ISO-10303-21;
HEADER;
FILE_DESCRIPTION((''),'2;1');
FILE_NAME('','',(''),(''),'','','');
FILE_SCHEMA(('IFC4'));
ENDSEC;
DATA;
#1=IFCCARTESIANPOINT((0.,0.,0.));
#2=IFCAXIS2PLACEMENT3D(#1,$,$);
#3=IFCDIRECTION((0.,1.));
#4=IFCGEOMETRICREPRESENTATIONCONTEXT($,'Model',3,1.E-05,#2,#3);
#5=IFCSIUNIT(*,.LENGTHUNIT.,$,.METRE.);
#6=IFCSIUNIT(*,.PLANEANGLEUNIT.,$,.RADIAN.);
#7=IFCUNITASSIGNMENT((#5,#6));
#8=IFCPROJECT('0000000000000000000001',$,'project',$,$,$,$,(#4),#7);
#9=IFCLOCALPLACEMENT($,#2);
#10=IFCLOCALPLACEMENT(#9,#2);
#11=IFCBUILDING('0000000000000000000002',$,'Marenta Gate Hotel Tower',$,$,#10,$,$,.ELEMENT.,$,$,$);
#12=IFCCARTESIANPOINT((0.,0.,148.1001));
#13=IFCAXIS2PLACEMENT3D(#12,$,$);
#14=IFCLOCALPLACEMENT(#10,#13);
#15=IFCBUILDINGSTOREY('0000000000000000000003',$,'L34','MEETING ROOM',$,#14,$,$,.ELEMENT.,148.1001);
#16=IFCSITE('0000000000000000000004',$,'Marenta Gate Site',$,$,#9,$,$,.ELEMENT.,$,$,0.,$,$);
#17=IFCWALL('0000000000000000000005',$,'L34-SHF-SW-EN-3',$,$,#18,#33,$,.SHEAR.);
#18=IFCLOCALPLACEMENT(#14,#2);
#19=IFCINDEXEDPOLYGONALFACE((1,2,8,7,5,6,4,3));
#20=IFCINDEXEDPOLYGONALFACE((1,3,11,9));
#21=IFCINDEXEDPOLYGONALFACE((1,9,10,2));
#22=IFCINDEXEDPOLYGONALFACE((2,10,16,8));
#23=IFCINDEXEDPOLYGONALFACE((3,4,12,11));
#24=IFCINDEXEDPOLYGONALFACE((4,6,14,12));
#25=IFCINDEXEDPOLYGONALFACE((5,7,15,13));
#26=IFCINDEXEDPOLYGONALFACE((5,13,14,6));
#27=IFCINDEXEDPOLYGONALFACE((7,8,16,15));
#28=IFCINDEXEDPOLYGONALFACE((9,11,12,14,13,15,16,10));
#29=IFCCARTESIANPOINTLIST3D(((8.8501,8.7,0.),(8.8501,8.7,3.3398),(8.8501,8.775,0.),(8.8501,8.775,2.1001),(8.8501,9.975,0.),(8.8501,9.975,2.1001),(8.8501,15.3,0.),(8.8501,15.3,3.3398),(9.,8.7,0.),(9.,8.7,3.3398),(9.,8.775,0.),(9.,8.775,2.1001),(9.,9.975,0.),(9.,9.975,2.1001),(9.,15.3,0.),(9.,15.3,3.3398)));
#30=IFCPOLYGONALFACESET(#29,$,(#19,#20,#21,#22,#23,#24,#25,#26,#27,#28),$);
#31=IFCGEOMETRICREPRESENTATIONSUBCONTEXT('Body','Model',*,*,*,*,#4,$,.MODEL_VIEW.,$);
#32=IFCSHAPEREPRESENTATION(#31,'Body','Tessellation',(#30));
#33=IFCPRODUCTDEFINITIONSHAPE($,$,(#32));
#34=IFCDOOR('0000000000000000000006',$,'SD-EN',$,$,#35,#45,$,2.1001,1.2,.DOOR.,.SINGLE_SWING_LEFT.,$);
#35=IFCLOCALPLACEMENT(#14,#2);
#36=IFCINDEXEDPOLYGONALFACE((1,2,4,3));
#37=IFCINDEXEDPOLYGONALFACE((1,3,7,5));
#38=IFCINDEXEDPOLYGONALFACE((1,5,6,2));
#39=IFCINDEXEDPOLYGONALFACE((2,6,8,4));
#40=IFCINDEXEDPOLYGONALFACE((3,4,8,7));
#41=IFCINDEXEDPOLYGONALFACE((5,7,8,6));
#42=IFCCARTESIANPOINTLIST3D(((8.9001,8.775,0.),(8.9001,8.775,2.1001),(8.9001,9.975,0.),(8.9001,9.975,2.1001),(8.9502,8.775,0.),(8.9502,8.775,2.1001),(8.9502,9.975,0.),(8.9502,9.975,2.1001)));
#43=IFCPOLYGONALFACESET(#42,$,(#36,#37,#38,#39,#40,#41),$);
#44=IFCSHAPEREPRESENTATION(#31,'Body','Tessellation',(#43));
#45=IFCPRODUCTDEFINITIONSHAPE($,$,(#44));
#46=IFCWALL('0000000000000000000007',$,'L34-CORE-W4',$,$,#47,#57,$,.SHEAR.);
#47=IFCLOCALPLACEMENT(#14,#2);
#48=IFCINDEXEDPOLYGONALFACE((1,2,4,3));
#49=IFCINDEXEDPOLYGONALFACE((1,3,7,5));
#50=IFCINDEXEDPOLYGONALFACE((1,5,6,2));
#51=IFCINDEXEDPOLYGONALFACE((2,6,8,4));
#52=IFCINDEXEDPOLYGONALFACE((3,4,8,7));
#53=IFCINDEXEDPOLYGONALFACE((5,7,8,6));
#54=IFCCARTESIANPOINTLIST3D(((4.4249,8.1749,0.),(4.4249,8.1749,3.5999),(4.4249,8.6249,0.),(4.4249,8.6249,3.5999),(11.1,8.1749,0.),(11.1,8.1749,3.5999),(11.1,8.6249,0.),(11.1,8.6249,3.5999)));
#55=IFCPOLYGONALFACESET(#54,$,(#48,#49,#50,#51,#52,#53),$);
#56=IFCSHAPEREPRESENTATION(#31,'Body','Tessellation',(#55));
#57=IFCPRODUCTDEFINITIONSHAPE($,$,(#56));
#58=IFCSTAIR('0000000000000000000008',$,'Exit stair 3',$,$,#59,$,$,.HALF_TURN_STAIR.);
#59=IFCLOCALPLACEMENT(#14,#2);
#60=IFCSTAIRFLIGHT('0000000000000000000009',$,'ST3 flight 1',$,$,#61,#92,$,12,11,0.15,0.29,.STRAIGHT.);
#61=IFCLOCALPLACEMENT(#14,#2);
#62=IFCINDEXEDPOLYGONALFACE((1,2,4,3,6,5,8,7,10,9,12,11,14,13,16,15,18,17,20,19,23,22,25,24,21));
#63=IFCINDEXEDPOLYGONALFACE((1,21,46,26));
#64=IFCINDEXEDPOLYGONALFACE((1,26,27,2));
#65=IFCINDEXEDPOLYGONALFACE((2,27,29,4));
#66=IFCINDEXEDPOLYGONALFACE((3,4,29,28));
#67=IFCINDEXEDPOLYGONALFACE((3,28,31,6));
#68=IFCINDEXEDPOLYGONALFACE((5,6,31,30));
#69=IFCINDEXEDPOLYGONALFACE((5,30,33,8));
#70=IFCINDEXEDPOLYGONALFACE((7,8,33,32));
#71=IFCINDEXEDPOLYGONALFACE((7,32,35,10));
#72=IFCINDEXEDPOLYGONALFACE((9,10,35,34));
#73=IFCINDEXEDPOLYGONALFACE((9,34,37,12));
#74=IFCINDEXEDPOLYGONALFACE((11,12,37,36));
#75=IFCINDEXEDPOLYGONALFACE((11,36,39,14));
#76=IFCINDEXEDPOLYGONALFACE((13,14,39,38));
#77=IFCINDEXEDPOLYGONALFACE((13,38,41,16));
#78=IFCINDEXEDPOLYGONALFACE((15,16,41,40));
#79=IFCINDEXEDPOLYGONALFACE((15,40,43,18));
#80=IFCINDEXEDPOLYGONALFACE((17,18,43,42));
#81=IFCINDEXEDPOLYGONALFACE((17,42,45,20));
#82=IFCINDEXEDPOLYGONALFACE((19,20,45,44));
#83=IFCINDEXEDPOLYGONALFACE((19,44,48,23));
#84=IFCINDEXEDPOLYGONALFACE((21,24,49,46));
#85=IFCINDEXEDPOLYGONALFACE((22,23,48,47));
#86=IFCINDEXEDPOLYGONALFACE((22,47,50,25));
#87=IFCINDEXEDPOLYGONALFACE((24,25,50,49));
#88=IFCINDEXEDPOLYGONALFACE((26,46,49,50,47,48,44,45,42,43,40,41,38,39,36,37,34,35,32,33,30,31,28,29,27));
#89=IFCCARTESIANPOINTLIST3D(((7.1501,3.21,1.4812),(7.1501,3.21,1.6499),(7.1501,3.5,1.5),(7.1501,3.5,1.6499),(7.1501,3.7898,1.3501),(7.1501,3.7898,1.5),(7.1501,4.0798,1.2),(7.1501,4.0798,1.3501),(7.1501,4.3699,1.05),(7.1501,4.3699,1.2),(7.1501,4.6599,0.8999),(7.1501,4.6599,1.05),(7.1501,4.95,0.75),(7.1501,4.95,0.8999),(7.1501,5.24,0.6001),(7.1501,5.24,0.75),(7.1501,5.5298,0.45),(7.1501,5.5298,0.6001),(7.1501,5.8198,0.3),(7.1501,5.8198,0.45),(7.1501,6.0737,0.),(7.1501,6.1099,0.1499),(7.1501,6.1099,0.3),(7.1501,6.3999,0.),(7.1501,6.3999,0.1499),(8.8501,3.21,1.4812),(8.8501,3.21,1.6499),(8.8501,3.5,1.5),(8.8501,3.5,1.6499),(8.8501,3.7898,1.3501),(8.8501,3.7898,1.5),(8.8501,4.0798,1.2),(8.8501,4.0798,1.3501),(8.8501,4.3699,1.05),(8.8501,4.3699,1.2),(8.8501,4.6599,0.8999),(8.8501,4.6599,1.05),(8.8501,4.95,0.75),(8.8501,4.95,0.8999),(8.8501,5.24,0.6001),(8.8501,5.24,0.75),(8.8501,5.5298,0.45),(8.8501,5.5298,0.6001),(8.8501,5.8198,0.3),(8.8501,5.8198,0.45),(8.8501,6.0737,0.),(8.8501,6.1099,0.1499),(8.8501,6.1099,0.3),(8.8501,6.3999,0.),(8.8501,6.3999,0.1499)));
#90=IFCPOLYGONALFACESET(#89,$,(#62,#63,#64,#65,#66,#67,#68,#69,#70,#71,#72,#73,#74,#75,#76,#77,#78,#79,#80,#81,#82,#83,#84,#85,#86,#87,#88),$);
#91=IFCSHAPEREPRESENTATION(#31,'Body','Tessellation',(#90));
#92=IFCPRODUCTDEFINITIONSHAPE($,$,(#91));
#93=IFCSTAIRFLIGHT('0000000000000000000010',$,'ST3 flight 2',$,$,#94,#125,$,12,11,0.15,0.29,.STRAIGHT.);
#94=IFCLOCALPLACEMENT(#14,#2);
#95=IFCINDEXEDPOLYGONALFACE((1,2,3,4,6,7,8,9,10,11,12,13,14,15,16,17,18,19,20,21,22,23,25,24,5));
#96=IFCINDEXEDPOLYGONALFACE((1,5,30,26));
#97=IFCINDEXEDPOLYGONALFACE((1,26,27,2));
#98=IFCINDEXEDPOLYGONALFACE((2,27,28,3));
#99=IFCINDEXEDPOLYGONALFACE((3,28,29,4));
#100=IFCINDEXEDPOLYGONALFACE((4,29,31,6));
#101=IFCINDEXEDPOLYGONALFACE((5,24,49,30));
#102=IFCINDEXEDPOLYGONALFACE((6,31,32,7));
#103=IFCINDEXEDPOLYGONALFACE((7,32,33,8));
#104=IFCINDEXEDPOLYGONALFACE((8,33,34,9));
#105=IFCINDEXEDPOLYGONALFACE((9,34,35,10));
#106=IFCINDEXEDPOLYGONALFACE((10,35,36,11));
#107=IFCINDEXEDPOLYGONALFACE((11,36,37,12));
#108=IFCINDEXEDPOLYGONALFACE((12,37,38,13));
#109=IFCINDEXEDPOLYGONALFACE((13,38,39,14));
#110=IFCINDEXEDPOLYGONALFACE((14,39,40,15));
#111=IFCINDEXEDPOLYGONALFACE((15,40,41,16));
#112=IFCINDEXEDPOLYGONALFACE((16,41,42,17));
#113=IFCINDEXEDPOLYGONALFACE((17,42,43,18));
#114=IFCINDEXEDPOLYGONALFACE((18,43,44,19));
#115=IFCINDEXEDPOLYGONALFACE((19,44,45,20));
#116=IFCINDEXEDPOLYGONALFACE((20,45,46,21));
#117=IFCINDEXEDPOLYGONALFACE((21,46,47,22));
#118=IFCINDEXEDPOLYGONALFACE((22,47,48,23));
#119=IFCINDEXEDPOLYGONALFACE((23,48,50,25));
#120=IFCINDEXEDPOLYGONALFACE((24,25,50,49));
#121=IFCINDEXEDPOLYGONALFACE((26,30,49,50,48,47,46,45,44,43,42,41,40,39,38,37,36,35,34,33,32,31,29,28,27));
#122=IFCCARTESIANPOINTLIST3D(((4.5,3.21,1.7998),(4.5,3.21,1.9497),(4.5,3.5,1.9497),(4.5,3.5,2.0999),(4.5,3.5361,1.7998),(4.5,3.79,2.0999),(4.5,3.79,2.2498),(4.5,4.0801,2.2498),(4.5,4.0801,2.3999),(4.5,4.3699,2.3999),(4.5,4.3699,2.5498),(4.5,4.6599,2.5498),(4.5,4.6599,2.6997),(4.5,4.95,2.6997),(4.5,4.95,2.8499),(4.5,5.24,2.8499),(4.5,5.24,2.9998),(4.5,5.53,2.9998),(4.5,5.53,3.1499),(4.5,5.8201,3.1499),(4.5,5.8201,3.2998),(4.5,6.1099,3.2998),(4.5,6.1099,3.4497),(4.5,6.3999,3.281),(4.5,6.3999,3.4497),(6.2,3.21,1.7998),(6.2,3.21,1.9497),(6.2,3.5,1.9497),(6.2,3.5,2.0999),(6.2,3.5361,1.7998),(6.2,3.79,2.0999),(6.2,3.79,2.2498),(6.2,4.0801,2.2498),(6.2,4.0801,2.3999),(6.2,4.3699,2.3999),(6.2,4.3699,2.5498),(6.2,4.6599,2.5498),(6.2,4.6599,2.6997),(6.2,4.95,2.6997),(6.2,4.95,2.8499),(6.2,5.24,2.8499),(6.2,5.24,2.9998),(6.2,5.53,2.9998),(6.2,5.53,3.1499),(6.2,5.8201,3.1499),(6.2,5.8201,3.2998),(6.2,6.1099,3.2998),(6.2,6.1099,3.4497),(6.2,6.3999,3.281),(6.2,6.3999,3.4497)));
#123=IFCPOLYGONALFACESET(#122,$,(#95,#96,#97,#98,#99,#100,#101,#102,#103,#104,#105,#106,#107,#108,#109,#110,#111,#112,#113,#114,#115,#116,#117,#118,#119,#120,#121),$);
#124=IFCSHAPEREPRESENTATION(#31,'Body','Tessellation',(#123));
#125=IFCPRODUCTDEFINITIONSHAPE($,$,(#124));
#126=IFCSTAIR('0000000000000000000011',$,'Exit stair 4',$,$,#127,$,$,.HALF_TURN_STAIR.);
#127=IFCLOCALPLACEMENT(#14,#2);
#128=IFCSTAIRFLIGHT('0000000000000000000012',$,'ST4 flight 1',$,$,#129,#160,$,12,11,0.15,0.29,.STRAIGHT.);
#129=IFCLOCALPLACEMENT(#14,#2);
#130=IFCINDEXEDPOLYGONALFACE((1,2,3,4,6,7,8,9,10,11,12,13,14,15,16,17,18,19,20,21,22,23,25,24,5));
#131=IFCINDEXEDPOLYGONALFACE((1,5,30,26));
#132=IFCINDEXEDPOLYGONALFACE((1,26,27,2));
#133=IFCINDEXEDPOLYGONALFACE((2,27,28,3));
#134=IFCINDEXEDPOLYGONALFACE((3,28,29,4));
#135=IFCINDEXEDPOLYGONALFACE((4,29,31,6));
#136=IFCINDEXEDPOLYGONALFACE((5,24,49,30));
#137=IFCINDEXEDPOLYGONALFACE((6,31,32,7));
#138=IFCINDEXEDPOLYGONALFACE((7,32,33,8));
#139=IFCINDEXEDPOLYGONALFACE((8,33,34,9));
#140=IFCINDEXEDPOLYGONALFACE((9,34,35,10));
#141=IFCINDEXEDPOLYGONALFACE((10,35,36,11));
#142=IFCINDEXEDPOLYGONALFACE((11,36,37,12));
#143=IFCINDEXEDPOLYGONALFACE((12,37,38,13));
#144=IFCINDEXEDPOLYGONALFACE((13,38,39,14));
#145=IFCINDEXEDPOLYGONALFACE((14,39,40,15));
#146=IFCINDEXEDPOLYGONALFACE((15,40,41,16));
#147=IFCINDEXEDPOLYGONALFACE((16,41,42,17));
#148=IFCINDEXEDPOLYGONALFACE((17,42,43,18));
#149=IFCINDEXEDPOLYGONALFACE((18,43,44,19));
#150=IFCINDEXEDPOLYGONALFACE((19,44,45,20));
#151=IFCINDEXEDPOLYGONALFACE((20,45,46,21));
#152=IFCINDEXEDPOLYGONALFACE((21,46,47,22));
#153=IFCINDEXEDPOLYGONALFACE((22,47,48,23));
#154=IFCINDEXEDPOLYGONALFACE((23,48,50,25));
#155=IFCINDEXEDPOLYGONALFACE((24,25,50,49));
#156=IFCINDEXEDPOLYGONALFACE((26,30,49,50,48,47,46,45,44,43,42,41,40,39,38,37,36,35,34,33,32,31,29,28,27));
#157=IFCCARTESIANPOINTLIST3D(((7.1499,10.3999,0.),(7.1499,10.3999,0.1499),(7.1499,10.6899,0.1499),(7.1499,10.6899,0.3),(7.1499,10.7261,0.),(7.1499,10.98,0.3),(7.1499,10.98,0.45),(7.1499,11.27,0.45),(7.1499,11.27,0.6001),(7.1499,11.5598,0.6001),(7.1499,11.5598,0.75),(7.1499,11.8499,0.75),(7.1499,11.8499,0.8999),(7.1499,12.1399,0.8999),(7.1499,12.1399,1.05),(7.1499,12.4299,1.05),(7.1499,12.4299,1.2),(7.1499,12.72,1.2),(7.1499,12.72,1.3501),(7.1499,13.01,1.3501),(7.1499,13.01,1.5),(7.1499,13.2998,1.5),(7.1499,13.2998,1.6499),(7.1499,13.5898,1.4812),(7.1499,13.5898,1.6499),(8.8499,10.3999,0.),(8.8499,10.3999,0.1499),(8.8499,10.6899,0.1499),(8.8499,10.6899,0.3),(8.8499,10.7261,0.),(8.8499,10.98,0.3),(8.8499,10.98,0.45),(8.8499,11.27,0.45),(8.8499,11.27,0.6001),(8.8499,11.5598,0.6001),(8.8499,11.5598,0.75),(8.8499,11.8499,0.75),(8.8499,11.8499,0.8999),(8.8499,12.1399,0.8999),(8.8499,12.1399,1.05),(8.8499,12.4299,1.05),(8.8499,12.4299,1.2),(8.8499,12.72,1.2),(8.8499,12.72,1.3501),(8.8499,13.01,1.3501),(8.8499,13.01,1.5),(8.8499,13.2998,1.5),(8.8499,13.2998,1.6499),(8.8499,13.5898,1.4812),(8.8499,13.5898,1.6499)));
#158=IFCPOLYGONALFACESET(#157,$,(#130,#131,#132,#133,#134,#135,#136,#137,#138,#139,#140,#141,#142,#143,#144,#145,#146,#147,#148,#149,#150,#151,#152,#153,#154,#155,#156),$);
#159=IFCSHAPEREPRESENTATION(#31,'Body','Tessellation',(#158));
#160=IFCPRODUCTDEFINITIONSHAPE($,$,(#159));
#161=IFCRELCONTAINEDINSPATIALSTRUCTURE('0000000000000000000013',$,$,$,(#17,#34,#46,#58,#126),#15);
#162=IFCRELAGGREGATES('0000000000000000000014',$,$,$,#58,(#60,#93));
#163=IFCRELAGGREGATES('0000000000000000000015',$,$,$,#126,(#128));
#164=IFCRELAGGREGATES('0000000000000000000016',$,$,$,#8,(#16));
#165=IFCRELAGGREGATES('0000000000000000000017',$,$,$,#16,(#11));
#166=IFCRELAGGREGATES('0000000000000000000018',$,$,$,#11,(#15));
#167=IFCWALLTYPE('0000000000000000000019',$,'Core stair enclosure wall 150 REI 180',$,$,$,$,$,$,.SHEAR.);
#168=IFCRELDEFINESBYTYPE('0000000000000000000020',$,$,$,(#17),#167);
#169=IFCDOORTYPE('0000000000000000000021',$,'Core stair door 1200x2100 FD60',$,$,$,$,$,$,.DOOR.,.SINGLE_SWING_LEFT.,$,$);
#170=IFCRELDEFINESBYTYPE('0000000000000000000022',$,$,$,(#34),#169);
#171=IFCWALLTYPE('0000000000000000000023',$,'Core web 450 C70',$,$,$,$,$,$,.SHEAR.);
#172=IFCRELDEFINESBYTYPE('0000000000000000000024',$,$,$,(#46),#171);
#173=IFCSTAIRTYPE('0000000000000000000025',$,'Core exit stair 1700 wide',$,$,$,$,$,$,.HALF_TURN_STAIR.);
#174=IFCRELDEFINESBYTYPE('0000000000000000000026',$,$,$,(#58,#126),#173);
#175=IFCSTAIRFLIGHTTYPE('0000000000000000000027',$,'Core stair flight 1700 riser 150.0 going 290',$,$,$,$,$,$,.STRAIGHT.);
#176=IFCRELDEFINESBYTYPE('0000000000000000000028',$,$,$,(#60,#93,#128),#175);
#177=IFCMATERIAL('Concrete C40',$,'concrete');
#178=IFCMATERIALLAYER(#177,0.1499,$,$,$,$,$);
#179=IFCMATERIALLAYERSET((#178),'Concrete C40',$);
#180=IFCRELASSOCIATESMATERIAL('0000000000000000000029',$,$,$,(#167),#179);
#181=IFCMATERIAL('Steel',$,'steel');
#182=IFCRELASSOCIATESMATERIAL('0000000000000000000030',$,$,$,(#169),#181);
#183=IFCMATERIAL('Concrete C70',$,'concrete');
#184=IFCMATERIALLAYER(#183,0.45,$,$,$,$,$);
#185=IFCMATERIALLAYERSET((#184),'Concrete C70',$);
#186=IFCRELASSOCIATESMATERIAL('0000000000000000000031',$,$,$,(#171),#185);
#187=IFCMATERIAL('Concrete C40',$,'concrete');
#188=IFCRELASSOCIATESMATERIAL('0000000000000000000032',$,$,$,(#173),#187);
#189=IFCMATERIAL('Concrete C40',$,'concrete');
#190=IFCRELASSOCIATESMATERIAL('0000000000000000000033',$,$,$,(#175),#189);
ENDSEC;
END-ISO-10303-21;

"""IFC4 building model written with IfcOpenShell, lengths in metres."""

from ifc_helpers import new_model, si_unit, direction, frame, frame_2d, origin, place, context, subcontext, project, spatial, polyline, rectangle, outline, extrude, material, layer, layer_set, type_object, element, fill, aggregate, save


model = new_model("IFC4")

# Units and contexts
model_context = context("Model", 3, precision=1e-05, world=origin(), true_north=direction((0.0, 1.0)))
body_context = subcontext(model_context, "Body", "Model", "MODEL_VIEW")
ifc_project = project(units=[si_unit("LENGTHUNIT", "METRE"), si_unit("PLANEANGLEUNIT", "RADIAN")], contexts=[model_context])

# Site, building, storey
site_placement = place(None, origin())
site = spatial("IfcSite", under=ifc_project, at=site_placement, Name="Marenta Gate Site", CompositionType="ELEMENT", RefElevation=0.0)
building_placement = place(site_placement, origin())
building = spatial("IfcBuilding", under=site, at=building_placement, Name="Marenta Gate Hotel Tower", CompositionType="ELEMENT")
storey_placement = place(building_placement, frame((0.0, 0.0, 148.1001)))
storey = spatial("IfcBuildingStorey", under=building, at=storey_placement, Name="L34", Description="MEETING ROOM", CompositionType="ELEMENT", Elevation=148.1001)

# Wall, opening, door
ifc_material_1 = material(Name="Concrete C40", Category="concrete")
ifc_layer_1 = layer(ifc_material_1, 0.1499)
ifc_layer_set_1 = layer_set([ifc_layer_1], Name="Concrete C40")
wall_type_1 = type_object("IfcWallType", Name="Core stair enclosure wall 150 REI 180", PredefinedType="SHEAR", material=ifc_layer_set_1)
ifc_material_2 = material(Name="Steel", Category="steel")
door_type_1 = type_object("IfcDoorType", Name="Core stair door 1200x2100 FD60", OperationType="SINGLE_SWING_LEFT", PredefinedType="DOOR", material=ifc_material_2)
wall_1_placement = place(storey_placement, frame((8.925, 8.7, 0.0), z_axis=(0.0, 0.0, 1.0), x_axis=(0.0, 1.0, 0.0)))
wall_1 = element("IfcWall", 1, at=wall_1_placement, inside=storey, type_object=wall_type_1, Name="L34-SHF-SW-EN-3", PredefinedType="SHEAR", context=body_context, shape_type="SweptSolid", body=[
    extrude(rectangle(XDim=6.6001, YDim=0.1499, at=frame_2d((3.3, 0.0))), origin(), (0.0, 0.0, 1.0), 3.3398),
])
opening_1_placement = place(wall_1_placement, frame((0.075, 0.0, 0.0)))
opening_1 = element("IfcOpeningElement", 2, at=opening_1_placement, cuts=wall_1, PredefinedType="OPENING", context=body_context, shape_type="SweptSolid", body=[
    extrude(rectangle(XDim=1.2, YDim=2.1001, at=frame_2d((0.6001, 1.05))), frame((0.0, 0.075, 0.0), z_axis=(0.0, -1.0, 0.0), x_axis=(1.0, 0.0, 0.0)), (0.0, 0.0, 1.0), 0.1499),
])
door_1_placement = place(opening_1_placement, origin())
door_1 = element("IfcDoor", 3, at=door_1_placement, inside=storey, type_object=door_type_1, Name="SD-EN", OperationType="SINGLE_SWING_LEFT", OverallHeight=2.1001, OverallWidth=1.2, PredefinedType="DOOR", context=body_context, shape_type="SweptSolid", body=[
    extrude(rectangle(XDim=1.2, YDim=2.1001, at=frame_2d((0.6001, 1.05))), frame((0.0, 0.0249, 0.0), z_axis=(0.0, -1.0, 0.0), x_axis=(1.0, 0.0, 0.0)), (0.0, 0.0, 1.0), 0.05),
])
fill(opening_1, door_1)
ifc_material_3 = material(Name="Concrete C70", Category="concrete")
ifc_layer_2 = layer(ifc_material_3, 0.45)
ifc_layer_set_2 = layer_set([ifc_layer_2], Name="Concrete C70")
wall_type_2 = type_object("IfcWallType", Name="Core web 450 C70", PredefinedType="SHEAR", material=ifc_layer_set_2)

# Wall
wall_2_placement = place(storey_placement, frame((4.425, 8.3999, 0.0), z_axis=(0.0, 0.0, 1.0), x_axis=(1.0, 0.0, 0.0)))
element("IfcWall", 4, at=wall_2_placement, inside=storey, type_object=wall_type_2, Name="L34-CORE-W4", PredefinedType="SHEAR", context=body_context, shape_type="SweptSolid", body=[
    extrude(rectangle(XDim=6.675, YDim=0.45, at=frame_2d((3.3374, 0.0))), origin(), (0.0, 0.0, 1.0), 3.5999),
])

# Stairs, stair flights
ifc_material_4 = material(Name="Concrete C40", Category="concrete")
stair_type = type_object("IfcStairType", Name="Core exit stair 1700 wide", PredefinedType="HALF_TURN_STAIR", material=ifc_material_4)
stair_1_placement = place(storey_placement, origin())
stair_1 = element("IfcStair", 5, at=stair_1_placement, inside=storey, type_object=stair_type, Name="Exit stair 3", PredefinedType="HALF_TURN_STAIR")
ifc_material_5 = material(Name="Concrete C40", Category="concrete")
stair_flight_type = type_object("IfcStairFlightType", Name="Core stair flight 1700 riser 150.0 going 290", PredefinedType="STRAIGHT", material=ifc_material_5)
stair_flight_1_placement = place(storey_placement, frame((8.0, 6.3999, 0.0), z_axis=(0.0, 0.0, 1.0), x_axis=(0.0, -1.0, 0.0)))
stair_flight_1 = element("IfcStairFlight", 6, at=stair_flight_1_placement, type_object=stair_flight_type, Name="ST3 flight 1", NumberOfRisers=12, NumberOfTreads=11, PredefinedType="STRAIGHT", RiserHeight=0.15, TreadLength=0.29, context=body_context, shape_type="SweptSolid", body=[
    extrude(outline(polyline([(0.0, 0.0), (0.0, 0.1499), (0.29, 0.1499), (0.29, 0.3), (0.5801, 0.3), (0.5801, 0.45), (0.8701, 0.45), (0.8701, 0.6001), (1.1599, 0.6001), (1.1599, 0.75), (1.45, 0.75), (1.45, 0.8999), (1.74, 0.8999), (1.74, 1.05), (2.03, 1.05), (2.03, 1.2), (2.3201, 1.2), (2.3201, 1.3501), (2.6101, 1.3501), (2.6101, 1.5), (2.8999, 1.5), (2.8999, 1.6499), (3.1899, 1.6499), (3.1899, 1.8), (3.1899, 1.4812), (0.3262, 0.0), (0.0, 0.0)])), frame((0.0, 0.8501, 0.0), z_axis=(0.0, -1.0, 0.0), x_axis=(1.0, 0.0, 0.0)), (0.0, 0.0, 1.0), 1.7),
])
stair_flight_2_placement = place(storey_placement, frame((5.3501, 3.21, 1.7998), z_axis=(0.0, 0.0, 1.0), x_axis=(0.0, 1.0, 0.0)))
stair_flight_2 = element("IfcStairFlight", 7, at=stair_flight_2_placement, type_object=stair_flight_type, Name="ST3 flight 2", NumberOfRisers=12, NumberOfTreads=11, PredefinedType="STRAIGHT", RiserHeight=0.15, TreadLength=0.29, context=body_context, shape_type="SweptSolid", body=[
    extrude(outline(polyline([(0.0, 0.0), (0.0, 0.1499), (0.29, 0.1499), (0.29, 0.3), (0.5801, 0.3), (0.5801, 0.45), (0.8701, 0.45), (0.8701, 0.6001), (1.1599, 0.6001), (1.1599, 0.75), (1.45, 0.75), (1.45, 0.8999), (1.74, 0.8999), (1.74, 1.05), (2.03, 1.05), (2.03, 1.2), (2.3201, 1.2), (2.3201, 1.3501), (2.6101, 1.3501), (2.6101, 1.5), (2.8999, 1.5), (2.8999, 1.6499), (3.1899, 1.6499), (3.1899, 1.8), (3.1899, 1.4812), (0.3262, 0.0), (0.0, 0.0)])), frame((0.0, 0.8501, 0.0), z_axis=(0.0, -1.0, 0.0), x_axis=(1.0, 0.0, 0.0)), (0.0, 0.0, 1.0), 1.7),
])
aggregate(stair_1, [stair_flight_1, stair_flight_2])
stair_2_placement = place(storey_placement, origin())
stair_2 = element("IfcStair", 8, at=stair_2_placement, inside=storey, type_object=stair_type, Name="Exit stair 4", PredefinedType="HALF_TURN_STAIR")
stair_flight_3_placement = place(storey_placement, frame((8.0, 10.3999, 0.0), z_axis=(0.0, 0.0, 1.0), x_axis=(0.0, 1.0, 0.0)))
stair_flight_3 = element("IfcStairFlight", 9, at=stair_flight_3_placement, type_object=stair_flight_type, Name="ST4 flight 1", NumberOfRisers=12, NumberOfTreads=11, PredefinedType="STRAIGHT", RiserHeight=0.15, TreadLength=0.29, context=body_context, shape_type="SweptSolid", body=[
    extrude(outline(polyline([(0.0, 0.0), (0.0, 0.1499), (0.29, 0.1499), (0.29, 0.3), (0.5801, 0.3), (0.5801, 0.45), (0.8701, 0.45), (0.8701, 0.6001), (1.1599, 0.6001), (1.1599, 0.75), (1.45, 0.75), (1.45, 0.8999), (1.74, 0.8999), (1.74, 1.05), (2.03, 1.05), (2.03, 1.2), (2.3201, 1.2), (2.3201, 1.3501), (2.6101, 1.3501), (2.6101, 1.5), (2.8999, 1.5), (2.8999, 1.6499), (3.1899, 1.6499), (3.1899, 1.8), (3.1899, 1.4812), (0.3262, 0.0), (0.0, 0.0)])), frame((0.0, 0.8501, 0.0), z_axis=(0.0, -1.0, 0.0), x_axis=(1.0, 0.0, 0.0)), (0.0, 0.0, 1.0), 1.7),
])
aggregate(stair_2, [stair_flight_3])

save(model, "model.ifc")
